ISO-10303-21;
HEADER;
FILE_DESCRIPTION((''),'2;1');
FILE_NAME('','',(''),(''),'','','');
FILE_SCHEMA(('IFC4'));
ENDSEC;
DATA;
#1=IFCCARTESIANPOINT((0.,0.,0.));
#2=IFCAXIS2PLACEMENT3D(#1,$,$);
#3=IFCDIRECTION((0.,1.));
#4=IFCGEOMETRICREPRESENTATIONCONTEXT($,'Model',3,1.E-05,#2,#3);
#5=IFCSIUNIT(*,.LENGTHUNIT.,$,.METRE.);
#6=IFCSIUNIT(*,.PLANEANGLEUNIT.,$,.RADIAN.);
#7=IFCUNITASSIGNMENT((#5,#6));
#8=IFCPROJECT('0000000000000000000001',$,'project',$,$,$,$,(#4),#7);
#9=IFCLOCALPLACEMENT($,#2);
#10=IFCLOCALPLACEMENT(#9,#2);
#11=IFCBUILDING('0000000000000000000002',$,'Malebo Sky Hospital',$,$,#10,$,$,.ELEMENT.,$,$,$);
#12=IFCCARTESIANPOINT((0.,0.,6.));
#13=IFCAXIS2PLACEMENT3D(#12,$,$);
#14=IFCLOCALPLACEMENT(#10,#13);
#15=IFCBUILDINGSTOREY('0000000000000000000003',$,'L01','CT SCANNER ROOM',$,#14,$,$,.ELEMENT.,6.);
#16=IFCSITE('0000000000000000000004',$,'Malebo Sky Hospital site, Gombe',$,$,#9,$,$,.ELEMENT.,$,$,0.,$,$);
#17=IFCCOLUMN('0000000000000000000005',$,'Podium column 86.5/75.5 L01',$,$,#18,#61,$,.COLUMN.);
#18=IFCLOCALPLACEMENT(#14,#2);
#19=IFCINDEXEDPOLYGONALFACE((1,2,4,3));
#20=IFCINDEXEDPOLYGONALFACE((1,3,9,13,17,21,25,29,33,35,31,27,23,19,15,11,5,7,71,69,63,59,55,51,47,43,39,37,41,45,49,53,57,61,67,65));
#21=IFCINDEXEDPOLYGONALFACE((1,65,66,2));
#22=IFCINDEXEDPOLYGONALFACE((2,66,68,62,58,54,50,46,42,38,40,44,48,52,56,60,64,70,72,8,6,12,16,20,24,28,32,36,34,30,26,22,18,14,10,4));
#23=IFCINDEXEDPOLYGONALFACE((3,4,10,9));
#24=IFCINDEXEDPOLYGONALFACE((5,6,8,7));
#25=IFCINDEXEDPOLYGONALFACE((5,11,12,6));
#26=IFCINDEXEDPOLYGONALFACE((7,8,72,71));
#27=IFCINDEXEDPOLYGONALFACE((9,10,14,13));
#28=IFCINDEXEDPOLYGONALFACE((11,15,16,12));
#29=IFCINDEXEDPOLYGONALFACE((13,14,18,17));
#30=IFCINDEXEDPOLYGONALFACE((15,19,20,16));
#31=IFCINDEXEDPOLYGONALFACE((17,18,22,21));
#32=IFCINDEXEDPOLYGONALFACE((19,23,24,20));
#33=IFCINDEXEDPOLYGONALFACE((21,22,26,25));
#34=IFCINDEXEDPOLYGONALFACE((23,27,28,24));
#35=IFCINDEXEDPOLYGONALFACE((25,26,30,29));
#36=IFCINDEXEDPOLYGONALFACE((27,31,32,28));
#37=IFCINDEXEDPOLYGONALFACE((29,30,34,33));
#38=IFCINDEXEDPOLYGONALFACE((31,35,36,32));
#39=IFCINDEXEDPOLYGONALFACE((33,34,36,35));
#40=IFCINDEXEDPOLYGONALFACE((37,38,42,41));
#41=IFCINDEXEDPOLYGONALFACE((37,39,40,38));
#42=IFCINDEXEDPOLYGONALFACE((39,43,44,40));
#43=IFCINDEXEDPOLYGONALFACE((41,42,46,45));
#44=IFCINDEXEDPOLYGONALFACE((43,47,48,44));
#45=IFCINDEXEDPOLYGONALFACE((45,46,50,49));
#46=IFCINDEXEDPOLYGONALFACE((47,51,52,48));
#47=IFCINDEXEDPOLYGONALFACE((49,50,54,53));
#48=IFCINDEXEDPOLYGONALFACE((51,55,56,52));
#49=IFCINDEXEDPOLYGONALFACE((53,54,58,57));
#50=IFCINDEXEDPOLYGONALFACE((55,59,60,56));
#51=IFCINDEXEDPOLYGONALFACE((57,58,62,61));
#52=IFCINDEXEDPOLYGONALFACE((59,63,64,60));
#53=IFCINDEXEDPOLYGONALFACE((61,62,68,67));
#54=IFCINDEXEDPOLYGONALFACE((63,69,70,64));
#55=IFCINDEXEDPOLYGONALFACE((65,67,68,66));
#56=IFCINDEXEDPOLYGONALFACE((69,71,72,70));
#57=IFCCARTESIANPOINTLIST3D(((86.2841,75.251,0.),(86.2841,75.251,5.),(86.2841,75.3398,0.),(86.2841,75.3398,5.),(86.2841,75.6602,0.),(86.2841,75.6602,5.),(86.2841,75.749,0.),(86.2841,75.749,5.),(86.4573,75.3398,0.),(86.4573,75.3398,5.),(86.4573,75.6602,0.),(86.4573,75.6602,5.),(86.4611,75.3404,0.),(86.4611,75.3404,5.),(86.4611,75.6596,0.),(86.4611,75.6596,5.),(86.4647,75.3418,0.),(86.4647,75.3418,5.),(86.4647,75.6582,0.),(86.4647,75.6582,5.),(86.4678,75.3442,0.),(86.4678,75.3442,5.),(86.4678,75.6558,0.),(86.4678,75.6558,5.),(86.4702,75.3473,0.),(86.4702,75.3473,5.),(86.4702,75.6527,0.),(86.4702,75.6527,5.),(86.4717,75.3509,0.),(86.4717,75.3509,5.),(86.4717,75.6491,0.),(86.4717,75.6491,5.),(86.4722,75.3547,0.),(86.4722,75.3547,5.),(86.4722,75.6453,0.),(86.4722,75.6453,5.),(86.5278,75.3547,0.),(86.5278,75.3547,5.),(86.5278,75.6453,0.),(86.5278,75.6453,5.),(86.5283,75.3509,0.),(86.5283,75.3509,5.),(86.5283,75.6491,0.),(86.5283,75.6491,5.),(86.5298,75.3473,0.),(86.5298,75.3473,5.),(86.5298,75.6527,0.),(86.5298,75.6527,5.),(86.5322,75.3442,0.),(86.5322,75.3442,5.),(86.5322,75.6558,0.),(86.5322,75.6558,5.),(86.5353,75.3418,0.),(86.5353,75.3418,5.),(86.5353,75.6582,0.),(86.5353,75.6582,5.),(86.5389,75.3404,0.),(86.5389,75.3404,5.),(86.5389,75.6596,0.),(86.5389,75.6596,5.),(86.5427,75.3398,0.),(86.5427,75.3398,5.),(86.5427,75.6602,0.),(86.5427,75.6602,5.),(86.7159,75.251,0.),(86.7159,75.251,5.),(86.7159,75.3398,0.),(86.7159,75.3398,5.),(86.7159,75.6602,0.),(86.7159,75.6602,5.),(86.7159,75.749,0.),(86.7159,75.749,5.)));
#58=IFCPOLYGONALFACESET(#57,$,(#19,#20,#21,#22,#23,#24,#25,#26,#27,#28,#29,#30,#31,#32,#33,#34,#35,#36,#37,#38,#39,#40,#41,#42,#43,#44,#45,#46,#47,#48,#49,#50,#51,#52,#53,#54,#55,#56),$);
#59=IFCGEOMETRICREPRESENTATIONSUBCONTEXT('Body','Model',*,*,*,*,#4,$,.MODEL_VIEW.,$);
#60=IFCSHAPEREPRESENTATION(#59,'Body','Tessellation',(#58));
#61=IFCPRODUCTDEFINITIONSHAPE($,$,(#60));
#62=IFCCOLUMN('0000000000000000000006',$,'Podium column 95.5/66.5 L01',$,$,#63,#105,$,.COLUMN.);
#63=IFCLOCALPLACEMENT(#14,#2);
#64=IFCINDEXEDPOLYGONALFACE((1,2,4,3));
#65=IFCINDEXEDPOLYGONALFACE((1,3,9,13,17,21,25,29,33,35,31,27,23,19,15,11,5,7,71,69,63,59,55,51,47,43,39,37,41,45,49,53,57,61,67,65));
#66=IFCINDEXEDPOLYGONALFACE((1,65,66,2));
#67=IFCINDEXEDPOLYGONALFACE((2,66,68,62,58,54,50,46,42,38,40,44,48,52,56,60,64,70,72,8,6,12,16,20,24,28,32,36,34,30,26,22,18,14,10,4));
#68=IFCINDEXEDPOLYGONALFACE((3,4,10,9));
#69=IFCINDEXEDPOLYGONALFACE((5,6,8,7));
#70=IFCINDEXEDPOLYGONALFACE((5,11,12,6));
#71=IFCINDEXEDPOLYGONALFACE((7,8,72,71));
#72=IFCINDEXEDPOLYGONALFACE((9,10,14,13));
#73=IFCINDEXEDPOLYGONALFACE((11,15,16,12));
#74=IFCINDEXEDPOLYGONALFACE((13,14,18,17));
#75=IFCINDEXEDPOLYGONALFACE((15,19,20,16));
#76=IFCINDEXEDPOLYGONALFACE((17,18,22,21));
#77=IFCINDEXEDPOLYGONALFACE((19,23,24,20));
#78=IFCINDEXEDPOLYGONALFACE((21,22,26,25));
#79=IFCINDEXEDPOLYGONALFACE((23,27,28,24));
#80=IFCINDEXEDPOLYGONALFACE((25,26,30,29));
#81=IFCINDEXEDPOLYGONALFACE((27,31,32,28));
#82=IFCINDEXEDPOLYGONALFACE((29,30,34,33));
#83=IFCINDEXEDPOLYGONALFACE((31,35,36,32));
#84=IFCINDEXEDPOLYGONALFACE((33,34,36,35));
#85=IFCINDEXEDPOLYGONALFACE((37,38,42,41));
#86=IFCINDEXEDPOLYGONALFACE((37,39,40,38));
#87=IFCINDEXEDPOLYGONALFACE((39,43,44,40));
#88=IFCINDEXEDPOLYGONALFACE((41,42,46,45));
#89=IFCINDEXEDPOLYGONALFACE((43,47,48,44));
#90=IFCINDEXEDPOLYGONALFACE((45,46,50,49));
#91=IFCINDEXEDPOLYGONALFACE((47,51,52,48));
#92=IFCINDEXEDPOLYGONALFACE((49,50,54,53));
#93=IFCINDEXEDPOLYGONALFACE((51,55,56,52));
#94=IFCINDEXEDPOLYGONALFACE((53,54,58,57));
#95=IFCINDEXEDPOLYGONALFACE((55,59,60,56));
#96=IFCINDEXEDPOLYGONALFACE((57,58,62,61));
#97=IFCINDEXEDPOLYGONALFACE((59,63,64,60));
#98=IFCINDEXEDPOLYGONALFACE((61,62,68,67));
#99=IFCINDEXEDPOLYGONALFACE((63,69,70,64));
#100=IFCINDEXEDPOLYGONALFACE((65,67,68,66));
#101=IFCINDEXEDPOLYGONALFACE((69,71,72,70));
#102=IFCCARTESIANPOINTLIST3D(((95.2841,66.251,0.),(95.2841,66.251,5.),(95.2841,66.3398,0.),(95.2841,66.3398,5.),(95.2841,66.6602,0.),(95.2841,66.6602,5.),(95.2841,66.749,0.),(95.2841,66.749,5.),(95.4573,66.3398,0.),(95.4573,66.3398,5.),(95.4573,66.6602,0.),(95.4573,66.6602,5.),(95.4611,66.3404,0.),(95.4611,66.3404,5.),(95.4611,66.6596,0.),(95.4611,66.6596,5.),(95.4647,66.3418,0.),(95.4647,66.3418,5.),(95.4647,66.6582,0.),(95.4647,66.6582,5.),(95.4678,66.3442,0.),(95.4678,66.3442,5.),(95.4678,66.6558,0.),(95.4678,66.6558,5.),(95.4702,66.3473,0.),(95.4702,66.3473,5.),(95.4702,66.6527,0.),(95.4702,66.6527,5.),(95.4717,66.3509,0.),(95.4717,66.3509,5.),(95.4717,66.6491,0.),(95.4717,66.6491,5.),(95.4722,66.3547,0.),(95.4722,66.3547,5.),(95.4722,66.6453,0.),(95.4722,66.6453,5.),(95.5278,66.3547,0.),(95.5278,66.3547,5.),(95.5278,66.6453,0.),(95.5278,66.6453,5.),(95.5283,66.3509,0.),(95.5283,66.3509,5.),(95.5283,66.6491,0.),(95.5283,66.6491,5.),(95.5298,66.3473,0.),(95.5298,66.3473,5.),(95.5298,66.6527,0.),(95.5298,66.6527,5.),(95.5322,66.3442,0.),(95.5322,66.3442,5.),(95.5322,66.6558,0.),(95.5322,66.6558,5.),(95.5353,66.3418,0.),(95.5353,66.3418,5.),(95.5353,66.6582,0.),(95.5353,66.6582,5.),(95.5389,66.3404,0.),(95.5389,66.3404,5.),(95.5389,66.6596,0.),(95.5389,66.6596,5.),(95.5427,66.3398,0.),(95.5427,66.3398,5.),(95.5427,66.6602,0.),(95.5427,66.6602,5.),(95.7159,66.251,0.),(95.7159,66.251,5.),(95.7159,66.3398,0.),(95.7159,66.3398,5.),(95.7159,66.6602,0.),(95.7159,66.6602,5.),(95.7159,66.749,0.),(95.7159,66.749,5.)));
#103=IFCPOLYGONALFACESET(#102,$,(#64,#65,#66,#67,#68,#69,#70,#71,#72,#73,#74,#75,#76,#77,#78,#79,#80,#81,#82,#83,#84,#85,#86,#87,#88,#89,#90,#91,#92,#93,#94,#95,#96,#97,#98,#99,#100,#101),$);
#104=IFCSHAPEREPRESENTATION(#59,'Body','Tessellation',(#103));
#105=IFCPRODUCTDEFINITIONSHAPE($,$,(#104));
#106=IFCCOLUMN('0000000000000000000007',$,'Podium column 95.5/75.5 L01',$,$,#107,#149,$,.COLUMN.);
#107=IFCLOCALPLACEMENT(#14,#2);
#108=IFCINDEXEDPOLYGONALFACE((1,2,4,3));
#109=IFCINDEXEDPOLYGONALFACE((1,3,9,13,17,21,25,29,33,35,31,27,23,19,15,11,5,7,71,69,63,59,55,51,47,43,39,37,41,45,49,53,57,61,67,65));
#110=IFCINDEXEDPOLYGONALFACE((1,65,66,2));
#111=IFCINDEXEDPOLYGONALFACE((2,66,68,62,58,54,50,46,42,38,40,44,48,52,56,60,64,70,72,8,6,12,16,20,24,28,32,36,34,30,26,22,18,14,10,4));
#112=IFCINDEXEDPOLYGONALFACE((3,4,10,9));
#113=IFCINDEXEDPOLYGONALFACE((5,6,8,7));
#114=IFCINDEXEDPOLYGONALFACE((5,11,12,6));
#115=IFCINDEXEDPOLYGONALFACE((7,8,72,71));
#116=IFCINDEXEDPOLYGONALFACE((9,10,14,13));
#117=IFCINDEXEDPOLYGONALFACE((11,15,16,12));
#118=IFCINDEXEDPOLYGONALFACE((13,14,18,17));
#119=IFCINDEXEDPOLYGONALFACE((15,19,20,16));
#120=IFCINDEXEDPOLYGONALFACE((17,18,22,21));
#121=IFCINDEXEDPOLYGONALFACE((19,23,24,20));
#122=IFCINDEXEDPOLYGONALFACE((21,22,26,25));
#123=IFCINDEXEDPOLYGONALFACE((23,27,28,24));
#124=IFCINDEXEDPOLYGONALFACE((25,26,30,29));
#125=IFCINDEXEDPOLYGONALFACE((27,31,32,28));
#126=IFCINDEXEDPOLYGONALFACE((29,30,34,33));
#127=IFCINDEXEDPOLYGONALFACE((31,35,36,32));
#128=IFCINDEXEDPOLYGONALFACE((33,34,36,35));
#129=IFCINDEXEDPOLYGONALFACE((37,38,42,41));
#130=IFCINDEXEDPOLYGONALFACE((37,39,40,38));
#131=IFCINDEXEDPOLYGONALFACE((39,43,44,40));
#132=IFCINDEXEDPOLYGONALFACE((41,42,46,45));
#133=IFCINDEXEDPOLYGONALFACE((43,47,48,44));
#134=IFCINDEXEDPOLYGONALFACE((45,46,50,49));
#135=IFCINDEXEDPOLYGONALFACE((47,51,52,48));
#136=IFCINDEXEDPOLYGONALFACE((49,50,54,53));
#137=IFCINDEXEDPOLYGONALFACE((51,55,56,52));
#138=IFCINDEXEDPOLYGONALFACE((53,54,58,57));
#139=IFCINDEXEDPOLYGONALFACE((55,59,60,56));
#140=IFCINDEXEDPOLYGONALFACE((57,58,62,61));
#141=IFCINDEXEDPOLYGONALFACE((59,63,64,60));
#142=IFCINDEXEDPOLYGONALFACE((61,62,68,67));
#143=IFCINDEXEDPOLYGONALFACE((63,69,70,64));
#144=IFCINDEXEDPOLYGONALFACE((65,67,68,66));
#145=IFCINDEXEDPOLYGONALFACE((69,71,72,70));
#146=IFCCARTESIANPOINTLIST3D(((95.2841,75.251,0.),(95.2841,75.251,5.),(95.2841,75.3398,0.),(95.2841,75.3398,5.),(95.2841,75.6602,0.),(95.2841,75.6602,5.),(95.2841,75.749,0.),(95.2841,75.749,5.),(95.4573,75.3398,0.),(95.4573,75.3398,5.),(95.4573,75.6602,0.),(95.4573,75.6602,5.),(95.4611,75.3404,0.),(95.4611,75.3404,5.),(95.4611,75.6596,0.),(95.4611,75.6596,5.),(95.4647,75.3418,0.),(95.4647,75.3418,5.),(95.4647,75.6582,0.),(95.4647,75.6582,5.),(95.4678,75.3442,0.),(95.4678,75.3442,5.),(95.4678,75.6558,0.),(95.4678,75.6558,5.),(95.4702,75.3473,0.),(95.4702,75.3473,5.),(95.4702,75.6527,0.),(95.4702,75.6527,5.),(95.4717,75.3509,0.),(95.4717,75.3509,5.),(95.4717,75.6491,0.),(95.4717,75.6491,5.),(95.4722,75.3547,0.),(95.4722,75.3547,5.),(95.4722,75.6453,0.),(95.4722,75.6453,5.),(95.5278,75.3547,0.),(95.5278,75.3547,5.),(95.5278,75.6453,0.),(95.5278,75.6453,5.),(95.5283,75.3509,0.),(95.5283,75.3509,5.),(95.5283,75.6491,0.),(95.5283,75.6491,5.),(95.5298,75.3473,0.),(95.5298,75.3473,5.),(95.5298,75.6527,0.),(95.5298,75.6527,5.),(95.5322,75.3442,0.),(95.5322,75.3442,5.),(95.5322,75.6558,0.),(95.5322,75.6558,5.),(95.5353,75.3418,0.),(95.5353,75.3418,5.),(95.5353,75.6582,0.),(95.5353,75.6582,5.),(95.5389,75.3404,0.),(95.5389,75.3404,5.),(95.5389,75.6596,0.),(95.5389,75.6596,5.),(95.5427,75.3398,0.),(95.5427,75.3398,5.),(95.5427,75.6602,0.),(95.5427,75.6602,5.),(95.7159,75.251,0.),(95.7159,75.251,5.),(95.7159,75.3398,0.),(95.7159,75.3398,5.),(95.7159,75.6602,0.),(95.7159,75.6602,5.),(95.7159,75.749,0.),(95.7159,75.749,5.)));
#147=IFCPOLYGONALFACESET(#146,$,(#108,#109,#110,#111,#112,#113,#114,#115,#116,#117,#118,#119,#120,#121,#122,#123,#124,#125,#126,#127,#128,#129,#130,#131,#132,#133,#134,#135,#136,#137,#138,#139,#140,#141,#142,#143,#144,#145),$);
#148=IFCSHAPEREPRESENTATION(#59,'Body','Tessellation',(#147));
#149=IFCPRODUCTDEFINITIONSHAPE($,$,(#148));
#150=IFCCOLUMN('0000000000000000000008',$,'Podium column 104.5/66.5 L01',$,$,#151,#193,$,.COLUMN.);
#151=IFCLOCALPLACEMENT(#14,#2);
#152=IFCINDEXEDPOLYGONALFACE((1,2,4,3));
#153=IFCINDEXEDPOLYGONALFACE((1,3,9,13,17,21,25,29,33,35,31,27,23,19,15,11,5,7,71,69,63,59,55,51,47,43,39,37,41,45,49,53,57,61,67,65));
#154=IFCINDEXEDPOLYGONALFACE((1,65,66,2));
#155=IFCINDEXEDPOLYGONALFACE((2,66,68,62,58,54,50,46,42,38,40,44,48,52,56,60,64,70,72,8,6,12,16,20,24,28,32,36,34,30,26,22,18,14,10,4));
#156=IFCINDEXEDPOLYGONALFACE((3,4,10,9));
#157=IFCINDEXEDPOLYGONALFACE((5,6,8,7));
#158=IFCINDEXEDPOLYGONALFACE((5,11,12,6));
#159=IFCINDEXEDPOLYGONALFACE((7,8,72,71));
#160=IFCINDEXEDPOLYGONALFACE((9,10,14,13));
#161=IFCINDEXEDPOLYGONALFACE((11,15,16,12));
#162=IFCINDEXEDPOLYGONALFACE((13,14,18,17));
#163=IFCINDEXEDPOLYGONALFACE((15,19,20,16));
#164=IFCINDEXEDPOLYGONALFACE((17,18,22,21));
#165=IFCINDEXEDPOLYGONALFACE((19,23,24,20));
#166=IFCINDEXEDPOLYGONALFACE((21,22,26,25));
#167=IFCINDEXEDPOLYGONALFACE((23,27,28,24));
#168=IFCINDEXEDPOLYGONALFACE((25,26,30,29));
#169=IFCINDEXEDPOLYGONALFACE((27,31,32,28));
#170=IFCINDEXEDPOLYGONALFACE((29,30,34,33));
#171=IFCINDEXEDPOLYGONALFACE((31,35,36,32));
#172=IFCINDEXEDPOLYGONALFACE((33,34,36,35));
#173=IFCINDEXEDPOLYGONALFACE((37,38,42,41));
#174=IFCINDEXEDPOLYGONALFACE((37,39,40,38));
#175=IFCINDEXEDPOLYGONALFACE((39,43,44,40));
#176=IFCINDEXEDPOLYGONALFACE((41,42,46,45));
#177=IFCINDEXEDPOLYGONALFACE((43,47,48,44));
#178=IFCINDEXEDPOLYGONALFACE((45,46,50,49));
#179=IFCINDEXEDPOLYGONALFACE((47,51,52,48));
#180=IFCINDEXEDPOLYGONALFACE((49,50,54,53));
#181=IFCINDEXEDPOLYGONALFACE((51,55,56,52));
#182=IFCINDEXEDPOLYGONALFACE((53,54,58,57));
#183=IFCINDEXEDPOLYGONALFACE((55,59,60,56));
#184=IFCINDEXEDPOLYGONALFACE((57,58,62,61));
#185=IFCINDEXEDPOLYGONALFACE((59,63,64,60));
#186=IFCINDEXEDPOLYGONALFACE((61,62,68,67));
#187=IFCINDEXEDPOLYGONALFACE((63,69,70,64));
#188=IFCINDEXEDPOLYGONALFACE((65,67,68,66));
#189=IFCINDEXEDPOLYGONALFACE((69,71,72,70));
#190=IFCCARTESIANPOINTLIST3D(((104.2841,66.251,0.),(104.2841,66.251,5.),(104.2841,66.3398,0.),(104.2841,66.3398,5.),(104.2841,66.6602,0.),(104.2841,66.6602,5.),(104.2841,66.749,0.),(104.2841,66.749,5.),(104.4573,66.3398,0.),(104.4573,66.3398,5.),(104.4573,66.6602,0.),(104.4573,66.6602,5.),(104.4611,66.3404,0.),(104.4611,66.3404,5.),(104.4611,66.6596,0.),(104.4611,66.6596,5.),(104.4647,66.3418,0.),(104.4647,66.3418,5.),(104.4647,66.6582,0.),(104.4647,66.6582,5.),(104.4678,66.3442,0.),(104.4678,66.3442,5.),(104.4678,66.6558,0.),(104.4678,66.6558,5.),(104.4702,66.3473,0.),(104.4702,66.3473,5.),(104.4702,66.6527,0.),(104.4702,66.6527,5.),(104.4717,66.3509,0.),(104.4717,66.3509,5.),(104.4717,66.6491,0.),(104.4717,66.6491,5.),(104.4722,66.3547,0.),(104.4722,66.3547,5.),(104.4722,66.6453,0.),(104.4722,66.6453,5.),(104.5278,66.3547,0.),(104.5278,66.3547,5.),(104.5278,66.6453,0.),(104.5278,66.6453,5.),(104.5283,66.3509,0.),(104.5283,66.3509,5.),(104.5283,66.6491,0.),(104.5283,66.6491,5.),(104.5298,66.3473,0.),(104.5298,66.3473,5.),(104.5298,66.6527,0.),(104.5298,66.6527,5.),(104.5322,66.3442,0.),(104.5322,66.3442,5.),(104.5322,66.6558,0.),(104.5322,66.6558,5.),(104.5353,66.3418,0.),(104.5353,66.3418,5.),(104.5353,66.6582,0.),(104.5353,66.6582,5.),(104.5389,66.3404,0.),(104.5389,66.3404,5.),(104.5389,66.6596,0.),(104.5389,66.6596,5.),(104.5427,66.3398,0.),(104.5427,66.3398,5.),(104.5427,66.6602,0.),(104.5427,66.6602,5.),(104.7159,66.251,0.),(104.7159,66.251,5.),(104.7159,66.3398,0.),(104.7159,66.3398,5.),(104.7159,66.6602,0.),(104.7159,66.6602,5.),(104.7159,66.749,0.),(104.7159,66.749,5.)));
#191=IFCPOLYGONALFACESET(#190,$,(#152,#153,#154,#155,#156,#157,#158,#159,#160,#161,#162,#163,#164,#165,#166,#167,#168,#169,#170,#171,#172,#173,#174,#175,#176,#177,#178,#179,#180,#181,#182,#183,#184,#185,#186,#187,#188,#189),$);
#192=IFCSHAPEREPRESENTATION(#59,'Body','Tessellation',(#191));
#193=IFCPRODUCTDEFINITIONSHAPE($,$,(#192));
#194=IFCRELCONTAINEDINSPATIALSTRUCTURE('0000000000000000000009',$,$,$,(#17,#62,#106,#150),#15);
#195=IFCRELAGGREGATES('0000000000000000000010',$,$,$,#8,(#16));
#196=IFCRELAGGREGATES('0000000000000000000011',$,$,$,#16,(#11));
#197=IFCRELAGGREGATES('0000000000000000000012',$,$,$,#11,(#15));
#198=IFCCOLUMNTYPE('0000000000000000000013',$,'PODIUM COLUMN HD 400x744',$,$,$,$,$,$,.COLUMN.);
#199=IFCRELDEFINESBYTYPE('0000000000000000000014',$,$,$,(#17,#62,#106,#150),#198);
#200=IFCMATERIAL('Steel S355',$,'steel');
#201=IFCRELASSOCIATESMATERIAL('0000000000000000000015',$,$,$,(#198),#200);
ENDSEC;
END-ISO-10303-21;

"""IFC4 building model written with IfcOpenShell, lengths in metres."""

from ifc_helpers import new_model, si_unit, direction, frame, origin, origin_2d, place, context, subcontext, project, spatial, i_section, extrude, material, material_profile, profile_set, type_object, element, save


model = new_model("IFC4")

# Units and contexts
model_context = context("Model", 3, precision=1e-05, world=origin(), true_north=direction((0.0, 1.0)))
body_context = subcontext(model_context, "Body", "Model", "MODEL_VIEW")
ifc_project = project(units=[si_unit("LENGTHUNIT", "METRE"), si_unit("PLANEANGLEUNIT", "RADIAN")], contexts=[model_context])

# Site, building, storey
site_placement = place(None, origin())
site = spatial("IfcSite", under=ifc_project, at=site_placement, Name="Malebo Sky Hospital site, Gombe", CompositionType="ELEMENT", RefElevation=0.0)
building_placement = place(site_placement, origin())
building = spatial("IfcBuilding", under=site, at=building_placement, Name="Malebo Sky Hospital", CompositionType="ELEMENT")
storey_placement = place(building_placement, frame((0.0, 0.0, 6.0)))
storey = spatial("IfcBuildingStorey", under=building, at=storey_placement, Name="L01", Description="CT SCANNER ROOM", CompositionType="ELEMENT", Elevation=6.0)

# Columns
ifc_material_1 = material(Name="Steel S355", Category="steel")
ifc_material_profile_1 = material_profile(ifc_material_1, i_section(OverallWidth=0.4319, OverallDepth=0.498, WebThickness=0.0557, FlangeThickness=0.0889, FilletRadius=0.0149, at=origin_2d()), Name="HD 400x744")
ifc_profile_set_1 = profile_set([ifc_material_profile_1], Name="Steel S355")
column_type = type_object("IfcColumnType", Name="PODIUM COLUMN HD 400x744", PredefinedType="COLUMN", material=ifc_profile_set_1)
for number, where, z_axis, x_axis, name in (
    (1, (86.5, 75.5, 0.0), (0.0, 0.0, 1.0), (1.0, 0.0, 0.0), "Podium column 86.5/75.5 L01"),
    (2, (95.5, 66.5, 0.0), (0.0, 0.0, 1.0), (1.0, 0.0, 0.0), "Podium column 95.5/66.5 L01"),
    (3, (95.5, 75.5, 0.0), (0.0, 0.0, 1.0), (1.0, 0.0, 0.0), "Podium column 95.5/75.5 L01"),
    (4, (104.5, 66.5, 0.0), (0.0, 0.0, 1.0), (1.0, 0.0, 0.0), "Podium column 104.5/66.5 L01"),
):
    element("IfcColumn", number, at=place(storey_placement, frame(where, z_axis=z_axis, x_axis=x_axis)), inside=storey, type_object=column_type, Name=name, PredefinedType="COLUMN", context=body_context, shape_type="SweptSolid", body=[
        extrude(i_section(OverallWidth=0.4319, OverallDepth=0.498, WebThickness=0.0557, FlangeThickness=0.0889, FilletRadius=0.0149, at=origin_2d()), origin(), (0.0, 0.0, 1.0), 5.0),
    ])

save(model, "model.ifc")
